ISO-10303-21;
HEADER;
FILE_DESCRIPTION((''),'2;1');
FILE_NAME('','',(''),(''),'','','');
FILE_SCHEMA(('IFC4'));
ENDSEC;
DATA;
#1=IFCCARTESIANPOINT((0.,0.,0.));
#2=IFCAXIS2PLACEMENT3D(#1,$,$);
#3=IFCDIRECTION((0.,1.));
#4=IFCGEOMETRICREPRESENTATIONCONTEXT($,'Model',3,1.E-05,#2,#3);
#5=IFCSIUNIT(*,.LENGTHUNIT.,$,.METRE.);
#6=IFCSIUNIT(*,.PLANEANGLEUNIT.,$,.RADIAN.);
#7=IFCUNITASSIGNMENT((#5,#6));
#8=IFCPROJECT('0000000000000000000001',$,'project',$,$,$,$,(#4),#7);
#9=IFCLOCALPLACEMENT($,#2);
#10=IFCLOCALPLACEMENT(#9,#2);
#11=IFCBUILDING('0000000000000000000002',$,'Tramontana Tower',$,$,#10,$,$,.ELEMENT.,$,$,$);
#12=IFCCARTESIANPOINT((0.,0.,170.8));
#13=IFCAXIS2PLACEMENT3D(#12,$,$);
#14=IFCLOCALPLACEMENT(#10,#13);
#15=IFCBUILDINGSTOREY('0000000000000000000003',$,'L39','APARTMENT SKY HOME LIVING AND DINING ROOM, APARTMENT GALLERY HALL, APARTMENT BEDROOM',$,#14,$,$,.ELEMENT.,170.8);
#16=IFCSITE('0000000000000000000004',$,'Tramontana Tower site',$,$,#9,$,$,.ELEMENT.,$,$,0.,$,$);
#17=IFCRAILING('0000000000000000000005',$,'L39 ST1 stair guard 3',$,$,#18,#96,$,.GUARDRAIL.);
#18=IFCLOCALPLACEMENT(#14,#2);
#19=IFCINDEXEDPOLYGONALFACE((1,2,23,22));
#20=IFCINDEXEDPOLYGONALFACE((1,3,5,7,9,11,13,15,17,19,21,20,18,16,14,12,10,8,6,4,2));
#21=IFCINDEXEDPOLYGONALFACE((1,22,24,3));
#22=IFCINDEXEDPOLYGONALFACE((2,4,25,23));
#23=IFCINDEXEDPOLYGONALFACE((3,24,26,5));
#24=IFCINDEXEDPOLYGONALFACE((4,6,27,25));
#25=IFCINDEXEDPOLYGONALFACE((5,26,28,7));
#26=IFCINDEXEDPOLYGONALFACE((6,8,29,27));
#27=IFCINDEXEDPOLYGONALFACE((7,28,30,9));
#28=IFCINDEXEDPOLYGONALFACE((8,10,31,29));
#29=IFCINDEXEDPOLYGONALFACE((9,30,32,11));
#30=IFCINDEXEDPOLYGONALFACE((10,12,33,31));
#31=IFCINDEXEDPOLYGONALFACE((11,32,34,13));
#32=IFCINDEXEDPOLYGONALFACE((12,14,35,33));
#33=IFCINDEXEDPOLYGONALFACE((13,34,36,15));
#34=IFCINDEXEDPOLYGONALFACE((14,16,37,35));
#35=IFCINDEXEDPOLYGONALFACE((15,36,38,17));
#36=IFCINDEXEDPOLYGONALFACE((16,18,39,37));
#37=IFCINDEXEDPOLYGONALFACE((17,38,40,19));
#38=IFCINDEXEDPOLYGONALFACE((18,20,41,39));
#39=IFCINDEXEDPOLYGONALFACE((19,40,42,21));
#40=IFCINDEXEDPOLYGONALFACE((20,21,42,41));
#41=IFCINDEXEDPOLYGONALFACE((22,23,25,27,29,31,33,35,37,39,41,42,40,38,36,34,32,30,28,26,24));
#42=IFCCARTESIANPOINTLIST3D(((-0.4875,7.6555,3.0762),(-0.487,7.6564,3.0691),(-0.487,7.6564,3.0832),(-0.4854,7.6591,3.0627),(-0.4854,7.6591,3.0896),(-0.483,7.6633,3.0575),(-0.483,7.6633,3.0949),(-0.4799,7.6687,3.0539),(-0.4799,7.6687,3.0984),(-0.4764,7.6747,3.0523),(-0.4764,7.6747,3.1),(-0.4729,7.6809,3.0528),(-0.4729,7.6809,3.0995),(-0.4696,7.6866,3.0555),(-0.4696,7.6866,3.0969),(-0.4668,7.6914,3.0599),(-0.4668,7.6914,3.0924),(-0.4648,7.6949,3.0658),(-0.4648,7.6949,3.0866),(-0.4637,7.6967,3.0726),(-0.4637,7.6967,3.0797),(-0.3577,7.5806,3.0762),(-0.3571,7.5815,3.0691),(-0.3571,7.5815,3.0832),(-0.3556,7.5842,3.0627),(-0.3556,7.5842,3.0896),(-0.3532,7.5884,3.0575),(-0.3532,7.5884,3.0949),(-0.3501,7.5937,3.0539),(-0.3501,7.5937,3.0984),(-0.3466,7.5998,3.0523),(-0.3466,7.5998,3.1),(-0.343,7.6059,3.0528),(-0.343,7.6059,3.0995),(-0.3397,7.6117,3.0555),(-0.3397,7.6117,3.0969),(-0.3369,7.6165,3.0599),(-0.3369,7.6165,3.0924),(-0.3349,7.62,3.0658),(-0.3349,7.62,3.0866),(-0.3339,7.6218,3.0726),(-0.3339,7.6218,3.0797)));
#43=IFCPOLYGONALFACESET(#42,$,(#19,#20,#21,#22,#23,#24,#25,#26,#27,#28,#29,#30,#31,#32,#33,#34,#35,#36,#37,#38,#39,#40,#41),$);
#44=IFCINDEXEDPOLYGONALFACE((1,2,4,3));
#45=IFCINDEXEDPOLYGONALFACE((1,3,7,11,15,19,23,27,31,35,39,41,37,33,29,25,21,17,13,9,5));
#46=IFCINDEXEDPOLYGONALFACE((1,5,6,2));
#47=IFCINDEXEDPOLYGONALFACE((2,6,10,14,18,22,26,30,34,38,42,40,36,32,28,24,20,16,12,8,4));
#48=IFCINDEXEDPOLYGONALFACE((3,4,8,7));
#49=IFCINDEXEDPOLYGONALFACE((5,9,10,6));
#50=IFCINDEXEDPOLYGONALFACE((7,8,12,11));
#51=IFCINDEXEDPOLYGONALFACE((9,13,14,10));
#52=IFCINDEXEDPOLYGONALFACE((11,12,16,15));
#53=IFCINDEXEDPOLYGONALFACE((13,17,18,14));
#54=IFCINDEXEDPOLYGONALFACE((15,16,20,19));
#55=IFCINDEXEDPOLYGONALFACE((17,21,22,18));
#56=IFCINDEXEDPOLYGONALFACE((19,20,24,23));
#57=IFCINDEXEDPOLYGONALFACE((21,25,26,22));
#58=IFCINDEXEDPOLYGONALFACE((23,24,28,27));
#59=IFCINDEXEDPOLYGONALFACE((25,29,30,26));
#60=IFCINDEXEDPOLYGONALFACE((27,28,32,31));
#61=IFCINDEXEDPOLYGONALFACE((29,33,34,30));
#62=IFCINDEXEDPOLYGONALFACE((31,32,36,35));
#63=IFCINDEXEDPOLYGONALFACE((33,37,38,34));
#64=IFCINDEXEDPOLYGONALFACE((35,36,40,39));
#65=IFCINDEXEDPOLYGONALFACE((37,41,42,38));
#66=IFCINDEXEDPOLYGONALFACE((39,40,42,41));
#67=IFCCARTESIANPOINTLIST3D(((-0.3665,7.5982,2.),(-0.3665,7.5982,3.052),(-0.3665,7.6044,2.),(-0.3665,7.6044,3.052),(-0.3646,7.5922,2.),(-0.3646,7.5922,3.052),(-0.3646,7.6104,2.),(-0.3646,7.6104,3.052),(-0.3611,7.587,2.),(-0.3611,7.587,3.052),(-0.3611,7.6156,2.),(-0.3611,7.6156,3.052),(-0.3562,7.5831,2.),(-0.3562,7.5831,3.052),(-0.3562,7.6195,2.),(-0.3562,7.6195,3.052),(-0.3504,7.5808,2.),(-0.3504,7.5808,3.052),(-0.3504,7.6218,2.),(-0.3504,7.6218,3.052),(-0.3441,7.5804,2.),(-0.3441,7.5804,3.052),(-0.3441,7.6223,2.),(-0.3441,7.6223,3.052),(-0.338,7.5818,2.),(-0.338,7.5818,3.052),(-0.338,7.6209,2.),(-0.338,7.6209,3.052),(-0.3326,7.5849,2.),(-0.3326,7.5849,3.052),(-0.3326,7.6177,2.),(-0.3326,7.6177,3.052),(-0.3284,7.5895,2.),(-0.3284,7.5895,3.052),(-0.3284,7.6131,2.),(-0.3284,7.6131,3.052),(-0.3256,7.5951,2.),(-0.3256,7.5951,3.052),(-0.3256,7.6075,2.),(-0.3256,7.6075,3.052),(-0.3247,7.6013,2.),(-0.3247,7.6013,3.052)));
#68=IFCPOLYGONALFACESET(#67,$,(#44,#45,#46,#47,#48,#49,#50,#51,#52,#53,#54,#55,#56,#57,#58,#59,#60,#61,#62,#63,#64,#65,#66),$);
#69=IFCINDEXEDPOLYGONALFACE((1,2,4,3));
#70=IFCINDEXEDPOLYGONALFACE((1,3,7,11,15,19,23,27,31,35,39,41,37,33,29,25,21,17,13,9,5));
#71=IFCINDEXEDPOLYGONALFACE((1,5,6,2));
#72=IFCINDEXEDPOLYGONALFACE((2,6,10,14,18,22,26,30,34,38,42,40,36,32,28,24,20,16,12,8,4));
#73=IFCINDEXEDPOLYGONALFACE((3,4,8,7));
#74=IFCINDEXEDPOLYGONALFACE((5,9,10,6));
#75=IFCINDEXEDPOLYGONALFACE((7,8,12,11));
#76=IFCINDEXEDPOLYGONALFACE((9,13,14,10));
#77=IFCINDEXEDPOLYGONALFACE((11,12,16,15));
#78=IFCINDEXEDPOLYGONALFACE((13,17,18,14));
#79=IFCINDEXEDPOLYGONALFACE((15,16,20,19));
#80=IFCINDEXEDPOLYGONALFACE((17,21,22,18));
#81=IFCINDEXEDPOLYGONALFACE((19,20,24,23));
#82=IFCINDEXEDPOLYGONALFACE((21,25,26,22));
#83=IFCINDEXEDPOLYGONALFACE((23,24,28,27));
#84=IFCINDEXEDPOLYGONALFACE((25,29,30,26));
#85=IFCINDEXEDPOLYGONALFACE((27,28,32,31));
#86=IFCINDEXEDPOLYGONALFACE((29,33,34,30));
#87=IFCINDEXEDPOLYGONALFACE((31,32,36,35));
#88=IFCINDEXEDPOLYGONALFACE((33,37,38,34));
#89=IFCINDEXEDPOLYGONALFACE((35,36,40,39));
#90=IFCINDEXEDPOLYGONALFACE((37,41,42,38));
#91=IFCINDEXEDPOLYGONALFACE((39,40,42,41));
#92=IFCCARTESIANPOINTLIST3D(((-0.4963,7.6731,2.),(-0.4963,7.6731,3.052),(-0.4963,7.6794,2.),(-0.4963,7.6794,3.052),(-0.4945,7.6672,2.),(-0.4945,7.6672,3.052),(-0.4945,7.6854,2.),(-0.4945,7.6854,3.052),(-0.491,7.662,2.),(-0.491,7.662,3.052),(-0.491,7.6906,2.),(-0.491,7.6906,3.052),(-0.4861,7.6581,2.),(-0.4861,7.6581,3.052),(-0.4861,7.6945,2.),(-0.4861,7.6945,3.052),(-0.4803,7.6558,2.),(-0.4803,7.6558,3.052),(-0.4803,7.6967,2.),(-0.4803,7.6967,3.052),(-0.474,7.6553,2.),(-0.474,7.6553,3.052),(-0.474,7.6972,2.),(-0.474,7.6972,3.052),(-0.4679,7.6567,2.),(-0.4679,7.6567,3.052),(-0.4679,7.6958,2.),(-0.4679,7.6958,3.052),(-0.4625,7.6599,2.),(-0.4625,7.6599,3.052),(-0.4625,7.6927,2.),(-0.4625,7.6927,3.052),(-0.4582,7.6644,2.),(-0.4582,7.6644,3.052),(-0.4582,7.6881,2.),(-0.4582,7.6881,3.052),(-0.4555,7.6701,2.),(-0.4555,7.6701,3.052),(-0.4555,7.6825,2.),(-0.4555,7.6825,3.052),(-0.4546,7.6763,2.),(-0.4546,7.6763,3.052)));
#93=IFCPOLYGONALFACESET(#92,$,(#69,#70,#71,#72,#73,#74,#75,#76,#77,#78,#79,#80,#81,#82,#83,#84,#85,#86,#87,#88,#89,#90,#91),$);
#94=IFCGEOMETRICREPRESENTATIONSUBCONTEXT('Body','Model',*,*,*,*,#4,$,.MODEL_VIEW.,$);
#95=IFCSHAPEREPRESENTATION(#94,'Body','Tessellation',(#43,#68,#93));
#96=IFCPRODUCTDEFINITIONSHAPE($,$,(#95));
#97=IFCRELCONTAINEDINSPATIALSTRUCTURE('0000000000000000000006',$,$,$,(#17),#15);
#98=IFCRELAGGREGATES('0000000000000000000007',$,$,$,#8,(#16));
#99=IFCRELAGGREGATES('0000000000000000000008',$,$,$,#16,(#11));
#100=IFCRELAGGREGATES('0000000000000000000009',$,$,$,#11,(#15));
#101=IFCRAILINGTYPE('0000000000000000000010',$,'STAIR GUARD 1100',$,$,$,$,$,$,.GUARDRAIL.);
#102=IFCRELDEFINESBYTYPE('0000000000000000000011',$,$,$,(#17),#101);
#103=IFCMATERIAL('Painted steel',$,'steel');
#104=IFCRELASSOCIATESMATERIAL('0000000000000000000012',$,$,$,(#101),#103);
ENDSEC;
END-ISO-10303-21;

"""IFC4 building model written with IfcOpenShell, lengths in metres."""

from ifc_helpers import new_model, si_unit, direction, frame, origin, origin_2d, place, context, subcontext, project, spatial, circle, extrude, material, type_object, element, save


model = new_model("IFC4")

# Units and contexts
model_context = context("Model", 3, precision=1e-05, world=origin(), true_north=direction((0.0, 1.0)))
body_context = subcontext(model_context, "Body", "Model", "MODEL_VIEW")
ifc_project = project(units=[si_unit("LENGTHUNIT", "METRE"), si_unit("PLANEANGLEUNIT", "RADIAN")], contexts=[model_context])

# Site, building, storey
site_placement = place(None, origin())
site = spatial("IfcSite", under=ifc_project, at=site_placement, Name="Tramontana Tower site", CompositionType="ELEMENT", RefElevation=0.0)
building_placement = place(site_placement, origin())
building = spatial("IfcBuilding", under=site, at=building_placement, Name="Tramontana Tower", CompositionType="ELEMENT")
storey_placement = place(building_placement, frame((0.0, 0.0, 170.8)))
storey = spatial("IfcBuildingStorey", under=building, at=storey_placement, Name="L39", Description="APARTMENT SKY HOME LIVING AND DINING ROOM, APARTMENT GALLERY HALL, APARTMENT BEDROOM", CompositionType="ELEMENT", Elevation=170.8)

# Railing
ifc_material_1 = material(Name="Painted steel", Category="steel")
railing_type = type_object("IfcRailingType", Name="STAIR GUARD 1100", PredefinedType="GUARDRAIL", material=ifc_material_1)
railing_placement = place(storey_placement, frame((-0.3457, 7.6013, 2.0)))
element("IfcRailing", 1, at=railing_placement, inside=storey, type_object=railing_type, Name="L39 ST1 stair guard 3", PredefinedType="GUARDRAIL", context=body_context, shape_type="SweptSolid", body=[
    extrude(circle(Radius=0.0239, at=origin_2d()), frame((0.0, 0.0, 1.0762), z_axis=(-0.866131, 0.499816, 0.0), x_axis=(-0.499816, -0.866131, 0.0)), (0.0, 0.0, 1.0), 0.1499),
    extrude(circle(Radius=0.021, at=origin_2d()), origin(), (0.0, 0.0, 1.0), 1.052),
    extrude(circle(Radius=0.021, at=origin_2d()), frame((-0.1299, 0.075, 0.0)), (0.0, 0.0, 1.0), 1.052),
])

save(model, "model.ifc")
